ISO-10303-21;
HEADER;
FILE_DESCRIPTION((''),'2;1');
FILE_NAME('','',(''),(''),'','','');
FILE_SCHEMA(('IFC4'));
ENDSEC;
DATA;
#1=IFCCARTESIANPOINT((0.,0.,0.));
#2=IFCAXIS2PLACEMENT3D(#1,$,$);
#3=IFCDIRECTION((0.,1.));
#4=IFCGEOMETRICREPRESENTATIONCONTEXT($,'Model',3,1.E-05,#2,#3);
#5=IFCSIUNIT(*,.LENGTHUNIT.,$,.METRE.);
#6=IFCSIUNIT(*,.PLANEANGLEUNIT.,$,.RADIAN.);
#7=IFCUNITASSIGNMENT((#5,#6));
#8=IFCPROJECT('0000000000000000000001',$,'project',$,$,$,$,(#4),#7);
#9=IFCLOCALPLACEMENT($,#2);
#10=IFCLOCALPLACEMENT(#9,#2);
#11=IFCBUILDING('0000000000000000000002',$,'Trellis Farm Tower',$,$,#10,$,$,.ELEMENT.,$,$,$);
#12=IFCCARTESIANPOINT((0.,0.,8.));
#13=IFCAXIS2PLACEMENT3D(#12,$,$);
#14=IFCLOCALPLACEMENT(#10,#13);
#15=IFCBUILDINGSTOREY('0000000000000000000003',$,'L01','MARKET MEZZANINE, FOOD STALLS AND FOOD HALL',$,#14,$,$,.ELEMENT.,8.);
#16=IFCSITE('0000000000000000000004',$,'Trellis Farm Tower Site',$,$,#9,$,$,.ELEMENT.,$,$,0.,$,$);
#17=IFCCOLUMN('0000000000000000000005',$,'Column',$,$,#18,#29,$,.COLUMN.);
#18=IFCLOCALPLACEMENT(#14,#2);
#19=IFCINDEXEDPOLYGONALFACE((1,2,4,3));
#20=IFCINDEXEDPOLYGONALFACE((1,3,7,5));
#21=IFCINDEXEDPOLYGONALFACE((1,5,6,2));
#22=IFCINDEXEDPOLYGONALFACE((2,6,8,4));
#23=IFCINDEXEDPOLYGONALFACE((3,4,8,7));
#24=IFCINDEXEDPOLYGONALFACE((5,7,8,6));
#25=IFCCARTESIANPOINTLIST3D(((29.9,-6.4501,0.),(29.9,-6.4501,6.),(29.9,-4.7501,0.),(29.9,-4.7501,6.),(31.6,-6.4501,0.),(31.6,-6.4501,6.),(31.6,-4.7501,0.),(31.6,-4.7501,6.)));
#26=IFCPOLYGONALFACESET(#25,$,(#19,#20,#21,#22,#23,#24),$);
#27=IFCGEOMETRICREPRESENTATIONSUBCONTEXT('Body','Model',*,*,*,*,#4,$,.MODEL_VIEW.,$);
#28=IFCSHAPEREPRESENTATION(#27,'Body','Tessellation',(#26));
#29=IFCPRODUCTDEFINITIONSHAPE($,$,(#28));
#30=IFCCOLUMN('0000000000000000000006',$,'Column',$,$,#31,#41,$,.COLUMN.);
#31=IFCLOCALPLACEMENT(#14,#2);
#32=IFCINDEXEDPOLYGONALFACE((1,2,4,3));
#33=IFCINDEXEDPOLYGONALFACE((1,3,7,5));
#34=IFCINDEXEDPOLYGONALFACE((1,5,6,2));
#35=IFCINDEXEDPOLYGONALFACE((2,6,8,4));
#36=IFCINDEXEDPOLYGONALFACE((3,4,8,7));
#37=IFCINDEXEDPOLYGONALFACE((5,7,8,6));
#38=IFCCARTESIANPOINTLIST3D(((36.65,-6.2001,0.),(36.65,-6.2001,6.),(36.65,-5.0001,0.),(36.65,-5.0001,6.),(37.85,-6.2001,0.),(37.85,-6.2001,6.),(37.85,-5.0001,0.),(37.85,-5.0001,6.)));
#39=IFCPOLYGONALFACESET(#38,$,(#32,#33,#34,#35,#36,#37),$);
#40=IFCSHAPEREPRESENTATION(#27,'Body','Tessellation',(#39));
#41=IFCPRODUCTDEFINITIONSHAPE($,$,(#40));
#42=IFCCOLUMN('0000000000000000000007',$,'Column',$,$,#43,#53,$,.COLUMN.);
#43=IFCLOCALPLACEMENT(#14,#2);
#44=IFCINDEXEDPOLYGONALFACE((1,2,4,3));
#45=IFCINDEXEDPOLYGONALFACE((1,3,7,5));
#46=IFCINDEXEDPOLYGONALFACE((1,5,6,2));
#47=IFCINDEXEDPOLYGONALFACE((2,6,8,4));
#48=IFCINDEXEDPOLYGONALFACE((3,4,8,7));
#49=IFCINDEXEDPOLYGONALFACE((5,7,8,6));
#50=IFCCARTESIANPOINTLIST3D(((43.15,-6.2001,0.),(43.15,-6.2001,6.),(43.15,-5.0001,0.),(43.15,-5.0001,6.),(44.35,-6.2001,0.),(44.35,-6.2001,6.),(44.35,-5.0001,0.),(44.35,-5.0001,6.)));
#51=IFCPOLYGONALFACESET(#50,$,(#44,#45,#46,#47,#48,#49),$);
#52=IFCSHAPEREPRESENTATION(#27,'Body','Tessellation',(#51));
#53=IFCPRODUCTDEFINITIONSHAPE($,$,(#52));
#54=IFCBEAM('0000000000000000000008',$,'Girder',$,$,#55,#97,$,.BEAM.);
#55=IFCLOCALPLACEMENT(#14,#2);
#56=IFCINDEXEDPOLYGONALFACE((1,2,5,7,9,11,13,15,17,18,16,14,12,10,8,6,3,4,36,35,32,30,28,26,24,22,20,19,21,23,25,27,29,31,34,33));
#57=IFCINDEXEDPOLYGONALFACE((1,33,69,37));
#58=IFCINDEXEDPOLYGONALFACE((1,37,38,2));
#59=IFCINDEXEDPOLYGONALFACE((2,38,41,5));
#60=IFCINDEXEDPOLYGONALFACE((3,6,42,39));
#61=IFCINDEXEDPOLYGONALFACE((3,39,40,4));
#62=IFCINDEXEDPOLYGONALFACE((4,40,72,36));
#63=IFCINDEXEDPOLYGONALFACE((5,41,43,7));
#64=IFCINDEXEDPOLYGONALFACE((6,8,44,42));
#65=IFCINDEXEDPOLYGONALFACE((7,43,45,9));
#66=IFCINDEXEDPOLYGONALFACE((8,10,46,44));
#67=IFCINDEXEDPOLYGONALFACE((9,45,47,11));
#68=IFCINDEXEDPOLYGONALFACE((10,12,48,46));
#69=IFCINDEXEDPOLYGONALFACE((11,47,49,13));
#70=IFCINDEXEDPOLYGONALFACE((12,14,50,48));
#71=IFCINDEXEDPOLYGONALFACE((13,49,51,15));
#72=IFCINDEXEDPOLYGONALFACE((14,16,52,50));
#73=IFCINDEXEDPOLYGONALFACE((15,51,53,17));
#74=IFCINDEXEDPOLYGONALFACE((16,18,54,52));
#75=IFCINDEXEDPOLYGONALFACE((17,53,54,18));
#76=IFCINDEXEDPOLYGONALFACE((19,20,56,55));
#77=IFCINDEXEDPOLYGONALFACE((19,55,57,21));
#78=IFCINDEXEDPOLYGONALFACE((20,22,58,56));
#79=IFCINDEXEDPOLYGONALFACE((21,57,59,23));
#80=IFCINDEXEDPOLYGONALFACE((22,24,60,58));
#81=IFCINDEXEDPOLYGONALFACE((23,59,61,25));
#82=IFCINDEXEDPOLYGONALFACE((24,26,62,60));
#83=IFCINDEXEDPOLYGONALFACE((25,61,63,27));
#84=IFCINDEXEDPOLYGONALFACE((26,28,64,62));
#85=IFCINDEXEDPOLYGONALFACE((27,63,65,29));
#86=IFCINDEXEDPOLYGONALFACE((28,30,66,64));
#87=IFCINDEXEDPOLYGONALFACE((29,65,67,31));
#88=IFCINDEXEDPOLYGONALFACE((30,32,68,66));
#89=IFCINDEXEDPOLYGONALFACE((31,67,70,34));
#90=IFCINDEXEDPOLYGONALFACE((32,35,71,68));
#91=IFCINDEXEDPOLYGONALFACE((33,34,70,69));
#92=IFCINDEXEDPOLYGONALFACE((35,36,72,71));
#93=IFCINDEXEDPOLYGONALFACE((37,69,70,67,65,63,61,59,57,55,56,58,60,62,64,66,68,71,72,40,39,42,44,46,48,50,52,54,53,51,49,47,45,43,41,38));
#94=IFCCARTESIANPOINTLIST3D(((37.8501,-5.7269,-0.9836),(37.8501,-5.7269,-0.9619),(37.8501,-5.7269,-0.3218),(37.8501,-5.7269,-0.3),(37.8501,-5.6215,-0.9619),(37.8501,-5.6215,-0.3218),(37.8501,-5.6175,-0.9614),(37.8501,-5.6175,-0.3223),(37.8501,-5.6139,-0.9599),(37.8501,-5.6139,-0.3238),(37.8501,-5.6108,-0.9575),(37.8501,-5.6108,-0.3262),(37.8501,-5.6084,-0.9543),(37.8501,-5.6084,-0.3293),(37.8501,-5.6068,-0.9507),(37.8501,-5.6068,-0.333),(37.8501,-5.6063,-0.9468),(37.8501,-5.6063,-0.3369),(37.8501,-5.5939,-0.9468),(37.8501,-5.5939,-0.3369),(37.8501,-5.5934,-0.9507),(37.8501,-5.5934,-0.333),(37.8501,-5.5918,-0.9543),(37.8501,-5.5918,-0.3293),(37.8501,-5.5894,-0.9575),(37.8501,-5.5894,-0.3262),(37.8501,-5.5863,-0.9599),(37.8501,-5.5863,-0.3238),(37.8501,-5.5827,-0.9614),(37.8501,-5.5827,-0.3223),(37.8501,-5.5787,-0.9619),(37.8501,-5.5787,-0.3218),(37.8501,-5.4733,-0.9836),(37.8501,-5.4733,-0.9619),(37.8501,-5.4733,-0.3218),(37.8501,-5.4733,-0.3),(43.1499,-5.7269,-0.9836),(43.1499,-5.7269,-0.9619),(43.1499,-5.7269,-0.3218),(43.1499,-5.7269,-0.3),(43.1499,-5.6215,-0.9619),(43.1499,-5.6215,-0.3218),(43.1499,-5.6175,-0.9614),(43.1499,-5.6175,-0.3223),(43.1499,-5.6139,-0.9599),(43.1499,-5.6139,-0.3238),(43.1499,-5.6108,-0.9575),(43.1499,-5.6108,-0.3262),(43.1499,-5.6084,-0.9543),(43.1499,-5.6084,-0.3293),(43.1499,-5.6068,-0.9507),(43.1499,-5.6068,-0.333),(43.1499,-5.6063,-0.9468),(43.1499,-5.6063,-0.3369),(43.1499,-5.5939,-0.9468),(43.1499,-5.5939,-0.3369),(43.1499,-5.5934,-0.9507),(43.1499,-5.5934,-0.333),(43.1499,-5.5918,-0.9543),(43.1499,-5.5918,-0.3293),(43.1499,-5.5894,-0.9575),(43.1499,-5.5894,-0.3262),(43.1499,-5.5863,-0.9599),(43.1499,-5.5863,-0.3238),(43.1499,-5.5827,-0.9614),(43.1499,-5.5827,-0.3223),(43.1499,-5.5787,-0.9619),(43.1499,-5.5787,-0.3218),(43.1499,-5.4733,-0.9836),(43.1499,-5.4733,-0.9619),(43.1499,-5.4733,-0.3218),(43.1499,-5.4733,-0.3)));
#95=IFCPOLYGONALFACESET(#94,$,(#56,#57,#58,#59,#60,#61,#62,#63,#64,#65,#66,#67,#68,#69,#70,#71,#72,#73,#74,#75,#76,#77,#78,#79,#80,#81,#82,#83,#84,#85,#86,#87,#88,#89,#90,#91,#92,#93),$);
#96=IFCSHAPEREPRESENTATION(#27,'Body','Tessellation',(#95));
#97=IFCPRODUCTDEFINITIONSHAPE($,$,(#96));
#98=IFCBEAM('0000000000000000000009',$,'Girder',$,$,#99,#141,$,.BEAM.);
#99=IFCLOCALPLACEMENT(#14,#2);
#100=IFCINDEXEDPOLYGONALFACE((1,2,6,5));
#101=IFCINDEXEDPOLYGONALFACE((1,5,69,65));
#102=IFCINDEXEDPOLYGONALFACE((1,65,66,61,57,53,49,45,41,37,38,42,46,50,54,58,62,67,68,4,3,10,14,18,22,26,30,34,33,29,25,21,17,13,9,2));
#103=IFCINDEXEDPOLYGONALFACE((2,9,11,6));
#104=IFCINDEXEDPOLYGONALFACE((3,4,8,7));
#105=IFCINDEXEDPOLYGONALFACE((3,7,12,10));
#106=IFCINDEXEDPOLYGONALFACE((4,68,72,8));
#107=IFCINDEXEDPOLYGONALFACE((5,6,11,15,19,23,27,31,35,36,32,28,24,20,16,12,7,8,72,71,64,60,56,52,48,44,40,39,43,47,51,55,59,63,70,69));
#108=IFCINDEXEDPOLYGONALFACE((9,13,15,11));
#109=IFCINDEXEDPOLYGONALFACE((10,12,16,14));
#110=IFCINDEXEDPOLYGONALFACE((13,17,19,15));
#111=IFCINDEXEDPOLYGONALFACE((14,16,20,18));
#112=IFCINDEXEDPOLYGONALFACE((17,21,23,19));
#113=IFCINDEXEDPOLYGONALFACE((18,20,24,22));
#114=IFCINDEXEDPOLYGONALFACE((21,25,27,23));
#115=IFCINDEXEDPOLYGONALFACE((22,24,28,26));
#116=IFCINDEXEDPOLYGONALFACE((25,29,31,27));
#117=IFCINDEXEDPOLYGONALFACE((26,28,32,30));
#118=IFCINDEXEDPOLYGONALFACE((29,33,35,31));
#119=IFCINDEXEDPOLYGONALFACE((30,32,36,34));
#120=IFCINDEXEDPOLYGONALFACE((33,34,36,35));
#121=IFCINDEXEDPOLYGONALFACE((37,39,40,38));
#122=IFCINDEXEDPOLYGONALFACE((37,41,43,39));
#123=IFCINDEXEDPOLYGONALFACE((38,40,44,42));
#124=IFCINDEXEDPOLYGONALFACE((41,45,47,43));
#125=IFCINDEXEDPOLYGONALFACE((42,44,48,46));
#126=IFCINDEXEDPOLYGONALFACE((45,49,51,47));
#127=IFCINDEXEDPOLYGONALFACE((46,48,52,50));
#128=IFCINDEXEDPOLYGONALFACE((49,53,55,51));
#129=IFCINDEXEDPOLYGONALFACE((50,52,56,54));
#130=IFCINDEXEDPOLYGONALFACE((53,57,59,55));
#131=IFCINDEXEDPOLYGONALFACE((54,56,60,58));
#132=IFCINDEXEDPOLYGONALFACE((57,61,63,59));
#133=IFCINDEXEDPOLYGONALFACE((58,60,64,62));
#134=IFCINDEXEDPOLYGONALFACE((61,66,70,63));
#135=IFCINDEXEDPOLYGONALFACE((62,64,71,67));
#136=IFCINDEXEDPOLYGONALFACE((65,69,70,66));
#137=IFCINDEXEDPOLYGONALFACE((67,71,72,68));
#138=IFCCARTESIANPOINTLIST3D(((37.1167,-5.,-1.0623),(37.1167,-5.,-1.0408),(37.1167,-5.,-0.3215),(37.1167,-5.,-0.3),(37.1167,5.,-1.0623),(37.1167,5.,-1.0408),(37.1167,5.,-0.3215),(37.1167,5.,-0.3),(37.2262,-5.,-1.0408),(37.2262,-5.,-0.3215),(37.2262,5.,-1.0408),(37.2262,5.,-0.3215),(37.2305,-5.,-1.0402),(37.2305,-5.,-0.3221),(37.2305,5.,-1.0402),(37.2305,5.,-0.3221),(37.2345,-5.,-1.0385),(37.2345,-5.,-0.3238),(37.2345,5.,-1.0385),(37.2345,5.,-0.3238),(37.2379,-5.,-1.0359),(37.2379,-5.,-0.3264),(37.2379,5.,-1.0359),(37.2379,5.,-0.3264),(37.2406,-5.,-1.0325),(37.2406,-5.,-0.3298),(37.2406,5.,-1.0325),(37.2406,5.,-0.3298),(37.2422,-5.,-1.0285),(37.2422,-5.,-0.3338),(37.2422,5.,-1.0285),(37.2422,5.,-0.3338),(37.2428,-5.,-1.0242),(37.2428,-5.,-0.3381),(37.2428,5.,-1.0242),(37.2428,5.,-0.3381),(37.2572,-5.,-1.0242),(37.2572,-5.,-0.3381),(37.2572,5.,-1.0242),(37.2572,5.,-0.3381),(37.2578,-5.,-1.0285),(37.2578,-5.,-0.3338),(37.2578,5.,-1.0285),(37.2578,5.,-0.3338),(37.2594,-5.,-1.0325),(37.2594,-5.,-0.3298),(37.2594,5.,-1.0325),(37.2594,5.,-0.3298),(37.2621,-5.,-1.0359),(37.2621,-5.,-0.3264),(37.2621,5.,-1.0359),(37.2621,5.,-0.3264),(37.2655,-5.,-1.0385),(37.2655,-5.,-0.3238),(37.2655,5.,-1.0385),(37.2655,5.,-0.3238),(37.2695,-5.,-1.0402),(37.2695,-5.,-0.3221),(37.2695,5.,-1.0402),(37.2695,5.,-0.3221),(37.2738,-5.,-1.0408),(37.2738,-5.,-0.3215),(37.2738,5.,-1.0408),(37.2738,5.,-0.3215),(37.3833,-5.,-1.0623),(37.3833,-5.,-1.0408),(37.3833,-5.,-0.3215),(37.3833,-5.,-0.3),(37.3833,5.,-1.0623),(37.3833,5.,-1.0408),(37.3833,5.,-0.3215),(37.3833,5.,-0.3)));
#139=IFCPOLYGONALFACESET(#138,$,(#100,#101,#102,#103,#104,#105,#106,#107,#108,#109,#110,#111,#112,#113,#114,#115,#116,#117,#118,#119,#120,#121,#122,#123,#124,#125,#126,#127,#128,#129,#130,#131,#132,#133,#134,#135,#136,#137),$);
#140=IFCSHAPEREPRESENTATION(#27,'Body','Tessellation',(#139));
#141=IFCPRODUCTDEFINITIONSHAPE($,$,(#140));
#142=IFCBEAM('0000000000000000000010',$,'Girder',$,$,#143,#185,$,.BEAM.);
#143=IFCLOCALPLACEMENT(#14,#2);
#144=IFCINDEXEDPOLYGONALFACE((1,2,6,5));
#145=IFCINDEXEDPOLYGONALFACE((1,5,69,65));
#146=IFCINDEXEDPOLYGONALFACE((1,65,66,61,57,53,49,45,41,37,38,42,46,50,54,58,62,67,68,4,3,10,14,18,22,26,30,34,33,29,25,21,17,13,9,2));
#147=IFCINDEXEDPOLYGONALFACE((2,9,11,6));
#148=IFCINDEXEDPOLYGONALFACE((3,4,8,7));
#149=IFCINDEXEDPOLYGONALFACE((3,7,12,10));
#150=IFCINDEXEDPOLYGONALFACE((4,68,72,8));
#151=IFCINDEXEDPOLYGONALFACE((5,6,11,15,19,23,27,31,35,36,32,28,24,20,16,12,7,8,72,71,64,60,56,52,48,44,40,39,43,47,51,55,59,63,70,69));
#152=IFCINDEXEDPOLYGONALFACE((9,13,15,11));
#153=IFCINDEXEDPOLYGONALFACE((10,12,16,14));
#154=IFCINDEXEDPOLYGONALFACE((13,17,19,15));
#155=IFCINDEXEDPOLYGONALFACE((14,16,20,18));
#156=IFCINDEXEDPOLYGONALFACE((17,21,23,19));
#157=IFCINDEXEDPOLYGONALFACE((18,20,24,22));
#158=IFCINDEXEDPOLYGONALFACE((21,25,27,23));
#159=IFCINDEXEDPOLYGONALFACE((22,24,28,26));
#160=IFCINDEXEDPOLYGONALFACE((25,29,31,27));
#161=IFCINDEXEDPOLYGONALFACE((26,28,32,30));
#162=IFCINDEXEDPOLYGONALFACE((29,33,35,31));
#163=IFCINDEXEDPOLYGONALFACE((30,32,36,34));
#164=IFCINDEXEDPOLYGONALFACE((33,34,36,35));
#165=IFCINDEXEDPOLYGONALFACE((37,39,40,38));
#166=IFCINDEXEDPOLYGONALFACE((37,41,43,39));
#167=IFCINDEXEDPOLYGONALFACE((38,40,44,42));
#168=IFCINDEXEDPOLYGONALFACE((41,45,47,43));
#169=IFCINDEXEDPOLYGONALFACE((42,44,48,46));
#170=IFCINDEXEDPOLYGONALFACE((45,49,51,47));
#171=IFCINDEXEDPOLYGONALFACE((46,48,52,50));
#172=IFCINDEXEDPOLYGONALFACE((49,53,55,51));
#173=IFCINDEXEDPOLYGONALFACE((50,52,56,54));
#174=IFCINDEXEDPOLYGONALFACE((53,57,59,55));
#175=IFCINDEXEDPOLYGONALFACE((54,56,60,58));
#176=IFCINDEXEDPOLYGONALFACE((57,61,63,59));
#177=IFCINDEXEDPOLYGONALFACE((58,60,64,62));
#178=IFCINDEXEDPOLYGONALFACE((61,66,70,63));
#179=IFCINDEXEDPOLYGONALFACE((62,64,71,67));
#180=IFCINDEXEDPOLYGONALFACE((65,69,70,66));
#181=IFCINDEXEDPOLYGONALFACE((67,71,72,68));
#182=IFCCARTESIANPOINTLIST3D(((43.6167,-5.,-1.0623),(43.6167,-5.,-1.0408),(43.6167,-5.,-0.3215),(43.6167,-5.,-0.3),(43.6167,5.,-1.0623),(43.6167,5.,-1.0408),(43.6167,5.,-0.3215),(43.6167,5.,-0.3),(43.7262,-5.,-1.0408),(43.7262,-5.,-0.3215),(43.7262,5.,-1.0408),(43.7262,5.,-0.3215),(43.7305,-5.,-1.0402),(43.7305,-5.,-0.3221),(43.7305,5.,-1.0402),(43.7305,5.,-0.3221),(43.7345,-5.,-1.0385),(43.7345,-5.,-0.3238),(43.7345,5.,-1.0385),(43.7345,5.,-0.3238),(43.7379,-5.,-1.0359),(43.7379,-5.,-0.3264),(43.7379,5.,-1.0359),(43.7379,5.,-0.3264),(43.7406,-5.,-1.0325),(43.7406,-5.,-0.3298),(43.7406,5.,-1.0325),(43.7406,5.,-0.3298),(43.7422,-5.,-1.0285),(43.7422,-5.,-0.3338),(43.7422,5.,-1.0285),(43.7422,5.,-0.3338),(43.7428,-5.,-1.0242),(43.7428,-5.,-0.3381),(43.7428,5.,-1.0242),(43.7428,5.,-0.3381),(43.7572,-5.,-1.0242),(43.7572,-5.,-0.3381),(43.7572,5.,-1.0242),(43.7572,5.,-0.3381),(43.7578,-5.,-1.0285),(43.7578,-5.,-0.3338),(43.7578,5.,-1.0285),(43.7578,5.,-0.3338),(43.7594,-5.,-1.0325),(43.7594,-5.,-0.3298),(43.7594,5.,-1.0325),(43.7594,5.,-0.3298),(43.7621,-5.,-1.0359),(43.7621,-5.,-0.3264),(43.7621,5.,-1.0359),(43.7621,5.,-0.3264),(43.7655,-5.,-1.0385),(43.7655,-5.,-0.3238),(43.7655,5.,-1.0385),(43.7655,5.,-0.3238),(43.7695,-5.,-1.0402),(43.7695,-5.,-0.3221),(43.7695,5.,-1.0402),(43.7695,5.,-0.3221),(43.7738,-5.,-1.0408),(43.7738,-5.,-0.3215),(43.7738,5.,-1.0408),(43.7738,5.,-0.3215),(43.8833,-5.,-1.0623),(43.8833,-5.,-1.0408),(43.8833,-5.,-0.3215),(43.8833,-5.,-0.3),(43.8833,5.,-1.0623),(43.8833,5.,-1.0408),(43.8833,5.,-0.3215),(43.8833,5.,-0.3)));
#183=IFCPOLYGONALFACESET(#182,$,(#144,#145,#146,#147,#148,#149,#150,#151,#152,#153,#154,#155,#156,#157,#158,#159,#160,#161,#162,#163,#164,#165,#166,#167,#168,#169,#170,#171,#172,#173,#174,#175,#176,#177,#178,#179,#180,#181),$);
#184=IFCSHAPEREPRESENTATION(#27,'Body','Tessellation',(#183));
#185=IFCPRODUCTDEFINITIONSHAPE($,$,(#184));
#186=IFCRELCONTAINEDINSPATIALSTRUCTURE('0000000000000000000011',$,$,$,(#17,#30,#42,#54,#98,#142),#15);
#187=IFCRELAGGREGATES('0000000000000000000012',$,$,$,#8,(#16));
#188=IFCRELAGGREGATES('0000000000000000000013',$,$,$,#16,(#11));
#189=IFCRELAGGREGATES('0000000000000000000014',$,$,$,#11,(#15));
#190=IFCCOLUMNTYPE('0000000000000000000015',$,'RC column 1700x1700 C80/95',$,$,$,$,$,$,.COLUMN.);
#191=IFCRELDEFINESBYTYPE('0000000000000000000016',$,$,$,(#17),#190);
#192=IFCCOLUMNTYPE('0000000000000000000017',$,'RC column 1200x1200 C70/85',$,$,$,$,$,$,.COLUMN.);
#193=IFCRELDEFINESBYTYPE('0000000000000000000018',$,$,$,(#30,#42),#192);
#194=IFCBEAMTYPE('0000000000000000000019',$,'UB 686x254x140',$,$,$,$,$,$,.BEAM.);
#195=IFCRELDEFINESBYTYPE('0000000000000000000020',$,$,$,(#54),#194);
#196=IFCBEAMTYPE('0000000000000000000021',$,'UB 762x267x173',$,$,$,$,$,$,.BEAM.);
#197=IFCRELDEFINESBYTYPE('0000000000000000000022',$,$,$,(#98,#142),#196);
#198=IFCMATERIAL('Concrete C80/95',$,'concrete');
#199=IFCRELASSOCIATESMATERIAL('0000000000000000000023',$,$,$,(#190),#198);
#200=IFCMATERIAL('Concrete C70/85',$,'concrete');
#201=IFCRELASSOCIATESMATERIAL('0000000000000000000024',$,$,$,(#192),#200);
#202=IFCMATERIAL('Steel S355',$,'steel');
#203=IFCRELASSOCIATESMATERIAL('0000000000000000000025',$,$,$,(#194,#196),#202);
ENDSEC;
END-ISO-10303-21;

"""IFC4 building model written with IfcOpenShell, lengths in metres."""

from ifc_helpers import new_model, si_unit, direction, frame, origin, origin_2d, place, context, subcontext, project, spatial, rectangle, i_section, extrude, source, transform, mapped, material, material_profile, profile_set, type_object, element, save


model = new_model("IFC4")

# Units and contexts
model_context = context("Model", 3, precision=1e-05, world=origin(), true_north=direction((0.0, 1.0)))
body_context = subcontext(model_context, "Body", "Model", "MODEL_VIEW")
ifc_project = project(units=[si_unit("LENGTHUNIT", "METRE"), si_unit("PLANEANGLEUNIT", "RADIAN")], contexts=[model_context])

# Site, building, storey
site_placement = place(None, origin())
site = spatial("IfcSite", under=ifc_project, at=site_placement, Name="Trellis Farm Tower Site", CompositionType="ELEMENT", RefElevation=0.0)
building_placement = place(site_placement, origin())
building = spatial("IfcBuilding", under=site, at=building_placement, Name="Trellis Farm Tower", CompositionType="ELEMENT")
storey_placement = place(building_placement, frame((0.0, 0.0, 8.0)))
storey = spatial("IfcBuildingStorey", under=building, at=storey_placement, Name="L01", Description="MARKET MEZZANINE, FOOD STALLS AND FOOD HALL", CompositionType="ELEMENT", Elevation=8.0)

# Columns
ifc_material_1 = material(Name="Concrete C80/95", Category="concrete")
ifc_material_profile_1 = material_profile(ifc_material_1, rectangle(XDim=1.7, YDim=1.7, at=origin_2d()), Name="RC column 1700x1700 C80/95")
ifc_profile_set_1 = profile_set([ifc_material_profile_1], Name="Concrete C80/95")
column_type_1 = type_object("IfcColumnType", Name="RC column 1700x1700 C80/95", PredefinedType="COLUMN", material=ifc_profile_set_1)
shared_shape_1 = source(origin(), body_context, "Body", "SweptSolid", [
    extrude(rectangle(XDim=1.7, YDim=1.7, at=origin_2d()), origin(), (0.0, 0.0, 1.0), 6.0),
])
column_placement = place(storey_placement, frame((30.75, -5.6001, 0.0), z_axis=(0.0, 0.0, 1.0), x_axis=(1.0, 0.0, 0.0)))
element("IfcColumn", 1, at=column_placement, inside=storey, type_object=column_type_1, Name="Column", PredefinedType="COLUMN", context=body_context, shape_type="MappedRepresentation", body=[
    mapped(shared_shape_1, transform((0.0, 0.0, 0.0))),
])
ifc_material_2 = material(Name="Concrete C70/85", Category="concrete")
ifc_material_profile_2 = material_profile(ifc_material_2, rectangle(XDim=1.2, YDim=1.2, at=origin_2d()), Name="RC column 1200x1200 C70/85")
ifc_profile_set_2 = profile_set([ifc_material_profile_2], Name="Concrete C70/85")
column_type_2 = type_object("IfcColumnType", Name="RC column 1200x1200 C70/85", PredefinedType="COLUMN", material=ifc_profile_set_2)
shared_shape_2 = source(origin(), body_context, "Body", "SweptSolid", [
    extrude(rectangle(XDim=1.2, YDim=1.2, at=origin_2d()), origin(), (0.0, 0.0, 1.0), 6.0),
])
for number, where, z_axis, x_axis, name in (
    (2, (37.25, -5.6001, 0.0), (0.0, 0.0, 1.0), (1.0, 0.0, 0.0), "Column"),
    (3, (43.75, -5.6001, 0.0), (0.0, 0.0, 1.0), (1.0, 0.0, 0.0), "Column"),
):
    element("IfcColumn", number, at=place(storey_placement, frame(where, z_axis=z_axis, x_axis=x_axis)), inside=storey, type_object=column_type_2, Name=name, PredefinedType="COLUMN", context=body_context, shape_type="MappedRepresentation", body=[
        mapped(shared_shape_2, transform((0.0, 0.0, 0.0))),
    ])

# Beams
ifc_material_3 = material(Name="Steel S355", Category="steel")
ifc_material_profile_3 = material_profile(ifc_material_3, i_section(OverallWidth=0.2537, OverallDepth=0.6836, WebThickness=0.0125, FlangeThickness=0.0217, FilletRadius=0.0151, at=origin_2d()), Name="UB 686x254x140")
ifc_profile_set_3 = profile_set([ifc_material_profile_3], Name="Steel S355")
beam_type_1 = type_object("IfcBeamType", Name="UB 686x254x140", PredefinedType="BEAM", material=ifc_profile_set_3)
shared_shape_3 = source(origin(), body_context, "Body", "SweptSolid", [
    extrude(i_section(OverallWidth=0.2537, OverallDepth=0.6836, WebThickness=0.0125, FlangeThickness=0.0217, FilletRadius=0.0151, at=origin_2d()), origin(), (0.0, 0.0, 1.0), 5.2998),
])
beam_1_placement = place(storey_placement, frame((37.8501, -5.6001, -0.6418), z_axis=(1.0, 0.0, 0.0), x_axis=(0.0, 1.0, 0.0)))
element("IfcBeam", 4, at=beam_1_placement, inside=storey, type_object=beam_type_1, Name="Girder", PredefinedType="BEAM", context=body_context, shape_type="MappedRepresentation", body=[
    mapped(shared_shape_3, transform((0.0, 0.0, 0.0))),
])
ifc_material_profile_4 = material_profile(ifc_material_3, i_section(OverallWidth=0.2666, OverallDepth=0.7622, WebThickness=0.0144, FlangeThickness=0.0215, FilletRadius=0.0166, at=origin_2d()), Name="UB 762x267x173")
ifc_profile_set_4 = profile_set([ifc_material_profile_4], Name="Steel S355")
beam_type_2 = type_object("IfcBeamType", Name="UB 762x267x173", PredefinedType="BEAM", material=ifc_profile_set_4)
shared_shape_4 = source(origin(), body_context, "Body", "SweptSolid", [
    extrude(i_section(OverallWidth=0.2666, OverallDepth=0.7622, WebThickness=0.0144, FlangeThickness=0.0215, FilletRadius=0.0166, at=origin_2d()), origin(), (0.0, 0.0, 1.0), 10.0),
])
for number, where, z_axis, x_axis, name in (
    (5, (37.25, -5.0, -0.6812), (0.0, 1.0, 0.0), (-1.0, 0.0, 0.0), "Girder"),
    (6, (43.75, -5.0, -0.6812), (0.0, 1.0, 0.0), (-1.0, 0.0, 0.0), "Girder"),
):
    element("IfcBeam", number, at=place(storey_placement, frame(where, z_axis=z_axis, x_axis=x_axis)), inside=storey, type_object=beam_type_2, Name=name, PredefinedType="BEAM", context=body_context, shape_type="MappedRepresentation", body=[
        mapped(shared_shape_4, transform((0.0, 0.0, 0.0))),
    ])

save(model, "model.ifc")
